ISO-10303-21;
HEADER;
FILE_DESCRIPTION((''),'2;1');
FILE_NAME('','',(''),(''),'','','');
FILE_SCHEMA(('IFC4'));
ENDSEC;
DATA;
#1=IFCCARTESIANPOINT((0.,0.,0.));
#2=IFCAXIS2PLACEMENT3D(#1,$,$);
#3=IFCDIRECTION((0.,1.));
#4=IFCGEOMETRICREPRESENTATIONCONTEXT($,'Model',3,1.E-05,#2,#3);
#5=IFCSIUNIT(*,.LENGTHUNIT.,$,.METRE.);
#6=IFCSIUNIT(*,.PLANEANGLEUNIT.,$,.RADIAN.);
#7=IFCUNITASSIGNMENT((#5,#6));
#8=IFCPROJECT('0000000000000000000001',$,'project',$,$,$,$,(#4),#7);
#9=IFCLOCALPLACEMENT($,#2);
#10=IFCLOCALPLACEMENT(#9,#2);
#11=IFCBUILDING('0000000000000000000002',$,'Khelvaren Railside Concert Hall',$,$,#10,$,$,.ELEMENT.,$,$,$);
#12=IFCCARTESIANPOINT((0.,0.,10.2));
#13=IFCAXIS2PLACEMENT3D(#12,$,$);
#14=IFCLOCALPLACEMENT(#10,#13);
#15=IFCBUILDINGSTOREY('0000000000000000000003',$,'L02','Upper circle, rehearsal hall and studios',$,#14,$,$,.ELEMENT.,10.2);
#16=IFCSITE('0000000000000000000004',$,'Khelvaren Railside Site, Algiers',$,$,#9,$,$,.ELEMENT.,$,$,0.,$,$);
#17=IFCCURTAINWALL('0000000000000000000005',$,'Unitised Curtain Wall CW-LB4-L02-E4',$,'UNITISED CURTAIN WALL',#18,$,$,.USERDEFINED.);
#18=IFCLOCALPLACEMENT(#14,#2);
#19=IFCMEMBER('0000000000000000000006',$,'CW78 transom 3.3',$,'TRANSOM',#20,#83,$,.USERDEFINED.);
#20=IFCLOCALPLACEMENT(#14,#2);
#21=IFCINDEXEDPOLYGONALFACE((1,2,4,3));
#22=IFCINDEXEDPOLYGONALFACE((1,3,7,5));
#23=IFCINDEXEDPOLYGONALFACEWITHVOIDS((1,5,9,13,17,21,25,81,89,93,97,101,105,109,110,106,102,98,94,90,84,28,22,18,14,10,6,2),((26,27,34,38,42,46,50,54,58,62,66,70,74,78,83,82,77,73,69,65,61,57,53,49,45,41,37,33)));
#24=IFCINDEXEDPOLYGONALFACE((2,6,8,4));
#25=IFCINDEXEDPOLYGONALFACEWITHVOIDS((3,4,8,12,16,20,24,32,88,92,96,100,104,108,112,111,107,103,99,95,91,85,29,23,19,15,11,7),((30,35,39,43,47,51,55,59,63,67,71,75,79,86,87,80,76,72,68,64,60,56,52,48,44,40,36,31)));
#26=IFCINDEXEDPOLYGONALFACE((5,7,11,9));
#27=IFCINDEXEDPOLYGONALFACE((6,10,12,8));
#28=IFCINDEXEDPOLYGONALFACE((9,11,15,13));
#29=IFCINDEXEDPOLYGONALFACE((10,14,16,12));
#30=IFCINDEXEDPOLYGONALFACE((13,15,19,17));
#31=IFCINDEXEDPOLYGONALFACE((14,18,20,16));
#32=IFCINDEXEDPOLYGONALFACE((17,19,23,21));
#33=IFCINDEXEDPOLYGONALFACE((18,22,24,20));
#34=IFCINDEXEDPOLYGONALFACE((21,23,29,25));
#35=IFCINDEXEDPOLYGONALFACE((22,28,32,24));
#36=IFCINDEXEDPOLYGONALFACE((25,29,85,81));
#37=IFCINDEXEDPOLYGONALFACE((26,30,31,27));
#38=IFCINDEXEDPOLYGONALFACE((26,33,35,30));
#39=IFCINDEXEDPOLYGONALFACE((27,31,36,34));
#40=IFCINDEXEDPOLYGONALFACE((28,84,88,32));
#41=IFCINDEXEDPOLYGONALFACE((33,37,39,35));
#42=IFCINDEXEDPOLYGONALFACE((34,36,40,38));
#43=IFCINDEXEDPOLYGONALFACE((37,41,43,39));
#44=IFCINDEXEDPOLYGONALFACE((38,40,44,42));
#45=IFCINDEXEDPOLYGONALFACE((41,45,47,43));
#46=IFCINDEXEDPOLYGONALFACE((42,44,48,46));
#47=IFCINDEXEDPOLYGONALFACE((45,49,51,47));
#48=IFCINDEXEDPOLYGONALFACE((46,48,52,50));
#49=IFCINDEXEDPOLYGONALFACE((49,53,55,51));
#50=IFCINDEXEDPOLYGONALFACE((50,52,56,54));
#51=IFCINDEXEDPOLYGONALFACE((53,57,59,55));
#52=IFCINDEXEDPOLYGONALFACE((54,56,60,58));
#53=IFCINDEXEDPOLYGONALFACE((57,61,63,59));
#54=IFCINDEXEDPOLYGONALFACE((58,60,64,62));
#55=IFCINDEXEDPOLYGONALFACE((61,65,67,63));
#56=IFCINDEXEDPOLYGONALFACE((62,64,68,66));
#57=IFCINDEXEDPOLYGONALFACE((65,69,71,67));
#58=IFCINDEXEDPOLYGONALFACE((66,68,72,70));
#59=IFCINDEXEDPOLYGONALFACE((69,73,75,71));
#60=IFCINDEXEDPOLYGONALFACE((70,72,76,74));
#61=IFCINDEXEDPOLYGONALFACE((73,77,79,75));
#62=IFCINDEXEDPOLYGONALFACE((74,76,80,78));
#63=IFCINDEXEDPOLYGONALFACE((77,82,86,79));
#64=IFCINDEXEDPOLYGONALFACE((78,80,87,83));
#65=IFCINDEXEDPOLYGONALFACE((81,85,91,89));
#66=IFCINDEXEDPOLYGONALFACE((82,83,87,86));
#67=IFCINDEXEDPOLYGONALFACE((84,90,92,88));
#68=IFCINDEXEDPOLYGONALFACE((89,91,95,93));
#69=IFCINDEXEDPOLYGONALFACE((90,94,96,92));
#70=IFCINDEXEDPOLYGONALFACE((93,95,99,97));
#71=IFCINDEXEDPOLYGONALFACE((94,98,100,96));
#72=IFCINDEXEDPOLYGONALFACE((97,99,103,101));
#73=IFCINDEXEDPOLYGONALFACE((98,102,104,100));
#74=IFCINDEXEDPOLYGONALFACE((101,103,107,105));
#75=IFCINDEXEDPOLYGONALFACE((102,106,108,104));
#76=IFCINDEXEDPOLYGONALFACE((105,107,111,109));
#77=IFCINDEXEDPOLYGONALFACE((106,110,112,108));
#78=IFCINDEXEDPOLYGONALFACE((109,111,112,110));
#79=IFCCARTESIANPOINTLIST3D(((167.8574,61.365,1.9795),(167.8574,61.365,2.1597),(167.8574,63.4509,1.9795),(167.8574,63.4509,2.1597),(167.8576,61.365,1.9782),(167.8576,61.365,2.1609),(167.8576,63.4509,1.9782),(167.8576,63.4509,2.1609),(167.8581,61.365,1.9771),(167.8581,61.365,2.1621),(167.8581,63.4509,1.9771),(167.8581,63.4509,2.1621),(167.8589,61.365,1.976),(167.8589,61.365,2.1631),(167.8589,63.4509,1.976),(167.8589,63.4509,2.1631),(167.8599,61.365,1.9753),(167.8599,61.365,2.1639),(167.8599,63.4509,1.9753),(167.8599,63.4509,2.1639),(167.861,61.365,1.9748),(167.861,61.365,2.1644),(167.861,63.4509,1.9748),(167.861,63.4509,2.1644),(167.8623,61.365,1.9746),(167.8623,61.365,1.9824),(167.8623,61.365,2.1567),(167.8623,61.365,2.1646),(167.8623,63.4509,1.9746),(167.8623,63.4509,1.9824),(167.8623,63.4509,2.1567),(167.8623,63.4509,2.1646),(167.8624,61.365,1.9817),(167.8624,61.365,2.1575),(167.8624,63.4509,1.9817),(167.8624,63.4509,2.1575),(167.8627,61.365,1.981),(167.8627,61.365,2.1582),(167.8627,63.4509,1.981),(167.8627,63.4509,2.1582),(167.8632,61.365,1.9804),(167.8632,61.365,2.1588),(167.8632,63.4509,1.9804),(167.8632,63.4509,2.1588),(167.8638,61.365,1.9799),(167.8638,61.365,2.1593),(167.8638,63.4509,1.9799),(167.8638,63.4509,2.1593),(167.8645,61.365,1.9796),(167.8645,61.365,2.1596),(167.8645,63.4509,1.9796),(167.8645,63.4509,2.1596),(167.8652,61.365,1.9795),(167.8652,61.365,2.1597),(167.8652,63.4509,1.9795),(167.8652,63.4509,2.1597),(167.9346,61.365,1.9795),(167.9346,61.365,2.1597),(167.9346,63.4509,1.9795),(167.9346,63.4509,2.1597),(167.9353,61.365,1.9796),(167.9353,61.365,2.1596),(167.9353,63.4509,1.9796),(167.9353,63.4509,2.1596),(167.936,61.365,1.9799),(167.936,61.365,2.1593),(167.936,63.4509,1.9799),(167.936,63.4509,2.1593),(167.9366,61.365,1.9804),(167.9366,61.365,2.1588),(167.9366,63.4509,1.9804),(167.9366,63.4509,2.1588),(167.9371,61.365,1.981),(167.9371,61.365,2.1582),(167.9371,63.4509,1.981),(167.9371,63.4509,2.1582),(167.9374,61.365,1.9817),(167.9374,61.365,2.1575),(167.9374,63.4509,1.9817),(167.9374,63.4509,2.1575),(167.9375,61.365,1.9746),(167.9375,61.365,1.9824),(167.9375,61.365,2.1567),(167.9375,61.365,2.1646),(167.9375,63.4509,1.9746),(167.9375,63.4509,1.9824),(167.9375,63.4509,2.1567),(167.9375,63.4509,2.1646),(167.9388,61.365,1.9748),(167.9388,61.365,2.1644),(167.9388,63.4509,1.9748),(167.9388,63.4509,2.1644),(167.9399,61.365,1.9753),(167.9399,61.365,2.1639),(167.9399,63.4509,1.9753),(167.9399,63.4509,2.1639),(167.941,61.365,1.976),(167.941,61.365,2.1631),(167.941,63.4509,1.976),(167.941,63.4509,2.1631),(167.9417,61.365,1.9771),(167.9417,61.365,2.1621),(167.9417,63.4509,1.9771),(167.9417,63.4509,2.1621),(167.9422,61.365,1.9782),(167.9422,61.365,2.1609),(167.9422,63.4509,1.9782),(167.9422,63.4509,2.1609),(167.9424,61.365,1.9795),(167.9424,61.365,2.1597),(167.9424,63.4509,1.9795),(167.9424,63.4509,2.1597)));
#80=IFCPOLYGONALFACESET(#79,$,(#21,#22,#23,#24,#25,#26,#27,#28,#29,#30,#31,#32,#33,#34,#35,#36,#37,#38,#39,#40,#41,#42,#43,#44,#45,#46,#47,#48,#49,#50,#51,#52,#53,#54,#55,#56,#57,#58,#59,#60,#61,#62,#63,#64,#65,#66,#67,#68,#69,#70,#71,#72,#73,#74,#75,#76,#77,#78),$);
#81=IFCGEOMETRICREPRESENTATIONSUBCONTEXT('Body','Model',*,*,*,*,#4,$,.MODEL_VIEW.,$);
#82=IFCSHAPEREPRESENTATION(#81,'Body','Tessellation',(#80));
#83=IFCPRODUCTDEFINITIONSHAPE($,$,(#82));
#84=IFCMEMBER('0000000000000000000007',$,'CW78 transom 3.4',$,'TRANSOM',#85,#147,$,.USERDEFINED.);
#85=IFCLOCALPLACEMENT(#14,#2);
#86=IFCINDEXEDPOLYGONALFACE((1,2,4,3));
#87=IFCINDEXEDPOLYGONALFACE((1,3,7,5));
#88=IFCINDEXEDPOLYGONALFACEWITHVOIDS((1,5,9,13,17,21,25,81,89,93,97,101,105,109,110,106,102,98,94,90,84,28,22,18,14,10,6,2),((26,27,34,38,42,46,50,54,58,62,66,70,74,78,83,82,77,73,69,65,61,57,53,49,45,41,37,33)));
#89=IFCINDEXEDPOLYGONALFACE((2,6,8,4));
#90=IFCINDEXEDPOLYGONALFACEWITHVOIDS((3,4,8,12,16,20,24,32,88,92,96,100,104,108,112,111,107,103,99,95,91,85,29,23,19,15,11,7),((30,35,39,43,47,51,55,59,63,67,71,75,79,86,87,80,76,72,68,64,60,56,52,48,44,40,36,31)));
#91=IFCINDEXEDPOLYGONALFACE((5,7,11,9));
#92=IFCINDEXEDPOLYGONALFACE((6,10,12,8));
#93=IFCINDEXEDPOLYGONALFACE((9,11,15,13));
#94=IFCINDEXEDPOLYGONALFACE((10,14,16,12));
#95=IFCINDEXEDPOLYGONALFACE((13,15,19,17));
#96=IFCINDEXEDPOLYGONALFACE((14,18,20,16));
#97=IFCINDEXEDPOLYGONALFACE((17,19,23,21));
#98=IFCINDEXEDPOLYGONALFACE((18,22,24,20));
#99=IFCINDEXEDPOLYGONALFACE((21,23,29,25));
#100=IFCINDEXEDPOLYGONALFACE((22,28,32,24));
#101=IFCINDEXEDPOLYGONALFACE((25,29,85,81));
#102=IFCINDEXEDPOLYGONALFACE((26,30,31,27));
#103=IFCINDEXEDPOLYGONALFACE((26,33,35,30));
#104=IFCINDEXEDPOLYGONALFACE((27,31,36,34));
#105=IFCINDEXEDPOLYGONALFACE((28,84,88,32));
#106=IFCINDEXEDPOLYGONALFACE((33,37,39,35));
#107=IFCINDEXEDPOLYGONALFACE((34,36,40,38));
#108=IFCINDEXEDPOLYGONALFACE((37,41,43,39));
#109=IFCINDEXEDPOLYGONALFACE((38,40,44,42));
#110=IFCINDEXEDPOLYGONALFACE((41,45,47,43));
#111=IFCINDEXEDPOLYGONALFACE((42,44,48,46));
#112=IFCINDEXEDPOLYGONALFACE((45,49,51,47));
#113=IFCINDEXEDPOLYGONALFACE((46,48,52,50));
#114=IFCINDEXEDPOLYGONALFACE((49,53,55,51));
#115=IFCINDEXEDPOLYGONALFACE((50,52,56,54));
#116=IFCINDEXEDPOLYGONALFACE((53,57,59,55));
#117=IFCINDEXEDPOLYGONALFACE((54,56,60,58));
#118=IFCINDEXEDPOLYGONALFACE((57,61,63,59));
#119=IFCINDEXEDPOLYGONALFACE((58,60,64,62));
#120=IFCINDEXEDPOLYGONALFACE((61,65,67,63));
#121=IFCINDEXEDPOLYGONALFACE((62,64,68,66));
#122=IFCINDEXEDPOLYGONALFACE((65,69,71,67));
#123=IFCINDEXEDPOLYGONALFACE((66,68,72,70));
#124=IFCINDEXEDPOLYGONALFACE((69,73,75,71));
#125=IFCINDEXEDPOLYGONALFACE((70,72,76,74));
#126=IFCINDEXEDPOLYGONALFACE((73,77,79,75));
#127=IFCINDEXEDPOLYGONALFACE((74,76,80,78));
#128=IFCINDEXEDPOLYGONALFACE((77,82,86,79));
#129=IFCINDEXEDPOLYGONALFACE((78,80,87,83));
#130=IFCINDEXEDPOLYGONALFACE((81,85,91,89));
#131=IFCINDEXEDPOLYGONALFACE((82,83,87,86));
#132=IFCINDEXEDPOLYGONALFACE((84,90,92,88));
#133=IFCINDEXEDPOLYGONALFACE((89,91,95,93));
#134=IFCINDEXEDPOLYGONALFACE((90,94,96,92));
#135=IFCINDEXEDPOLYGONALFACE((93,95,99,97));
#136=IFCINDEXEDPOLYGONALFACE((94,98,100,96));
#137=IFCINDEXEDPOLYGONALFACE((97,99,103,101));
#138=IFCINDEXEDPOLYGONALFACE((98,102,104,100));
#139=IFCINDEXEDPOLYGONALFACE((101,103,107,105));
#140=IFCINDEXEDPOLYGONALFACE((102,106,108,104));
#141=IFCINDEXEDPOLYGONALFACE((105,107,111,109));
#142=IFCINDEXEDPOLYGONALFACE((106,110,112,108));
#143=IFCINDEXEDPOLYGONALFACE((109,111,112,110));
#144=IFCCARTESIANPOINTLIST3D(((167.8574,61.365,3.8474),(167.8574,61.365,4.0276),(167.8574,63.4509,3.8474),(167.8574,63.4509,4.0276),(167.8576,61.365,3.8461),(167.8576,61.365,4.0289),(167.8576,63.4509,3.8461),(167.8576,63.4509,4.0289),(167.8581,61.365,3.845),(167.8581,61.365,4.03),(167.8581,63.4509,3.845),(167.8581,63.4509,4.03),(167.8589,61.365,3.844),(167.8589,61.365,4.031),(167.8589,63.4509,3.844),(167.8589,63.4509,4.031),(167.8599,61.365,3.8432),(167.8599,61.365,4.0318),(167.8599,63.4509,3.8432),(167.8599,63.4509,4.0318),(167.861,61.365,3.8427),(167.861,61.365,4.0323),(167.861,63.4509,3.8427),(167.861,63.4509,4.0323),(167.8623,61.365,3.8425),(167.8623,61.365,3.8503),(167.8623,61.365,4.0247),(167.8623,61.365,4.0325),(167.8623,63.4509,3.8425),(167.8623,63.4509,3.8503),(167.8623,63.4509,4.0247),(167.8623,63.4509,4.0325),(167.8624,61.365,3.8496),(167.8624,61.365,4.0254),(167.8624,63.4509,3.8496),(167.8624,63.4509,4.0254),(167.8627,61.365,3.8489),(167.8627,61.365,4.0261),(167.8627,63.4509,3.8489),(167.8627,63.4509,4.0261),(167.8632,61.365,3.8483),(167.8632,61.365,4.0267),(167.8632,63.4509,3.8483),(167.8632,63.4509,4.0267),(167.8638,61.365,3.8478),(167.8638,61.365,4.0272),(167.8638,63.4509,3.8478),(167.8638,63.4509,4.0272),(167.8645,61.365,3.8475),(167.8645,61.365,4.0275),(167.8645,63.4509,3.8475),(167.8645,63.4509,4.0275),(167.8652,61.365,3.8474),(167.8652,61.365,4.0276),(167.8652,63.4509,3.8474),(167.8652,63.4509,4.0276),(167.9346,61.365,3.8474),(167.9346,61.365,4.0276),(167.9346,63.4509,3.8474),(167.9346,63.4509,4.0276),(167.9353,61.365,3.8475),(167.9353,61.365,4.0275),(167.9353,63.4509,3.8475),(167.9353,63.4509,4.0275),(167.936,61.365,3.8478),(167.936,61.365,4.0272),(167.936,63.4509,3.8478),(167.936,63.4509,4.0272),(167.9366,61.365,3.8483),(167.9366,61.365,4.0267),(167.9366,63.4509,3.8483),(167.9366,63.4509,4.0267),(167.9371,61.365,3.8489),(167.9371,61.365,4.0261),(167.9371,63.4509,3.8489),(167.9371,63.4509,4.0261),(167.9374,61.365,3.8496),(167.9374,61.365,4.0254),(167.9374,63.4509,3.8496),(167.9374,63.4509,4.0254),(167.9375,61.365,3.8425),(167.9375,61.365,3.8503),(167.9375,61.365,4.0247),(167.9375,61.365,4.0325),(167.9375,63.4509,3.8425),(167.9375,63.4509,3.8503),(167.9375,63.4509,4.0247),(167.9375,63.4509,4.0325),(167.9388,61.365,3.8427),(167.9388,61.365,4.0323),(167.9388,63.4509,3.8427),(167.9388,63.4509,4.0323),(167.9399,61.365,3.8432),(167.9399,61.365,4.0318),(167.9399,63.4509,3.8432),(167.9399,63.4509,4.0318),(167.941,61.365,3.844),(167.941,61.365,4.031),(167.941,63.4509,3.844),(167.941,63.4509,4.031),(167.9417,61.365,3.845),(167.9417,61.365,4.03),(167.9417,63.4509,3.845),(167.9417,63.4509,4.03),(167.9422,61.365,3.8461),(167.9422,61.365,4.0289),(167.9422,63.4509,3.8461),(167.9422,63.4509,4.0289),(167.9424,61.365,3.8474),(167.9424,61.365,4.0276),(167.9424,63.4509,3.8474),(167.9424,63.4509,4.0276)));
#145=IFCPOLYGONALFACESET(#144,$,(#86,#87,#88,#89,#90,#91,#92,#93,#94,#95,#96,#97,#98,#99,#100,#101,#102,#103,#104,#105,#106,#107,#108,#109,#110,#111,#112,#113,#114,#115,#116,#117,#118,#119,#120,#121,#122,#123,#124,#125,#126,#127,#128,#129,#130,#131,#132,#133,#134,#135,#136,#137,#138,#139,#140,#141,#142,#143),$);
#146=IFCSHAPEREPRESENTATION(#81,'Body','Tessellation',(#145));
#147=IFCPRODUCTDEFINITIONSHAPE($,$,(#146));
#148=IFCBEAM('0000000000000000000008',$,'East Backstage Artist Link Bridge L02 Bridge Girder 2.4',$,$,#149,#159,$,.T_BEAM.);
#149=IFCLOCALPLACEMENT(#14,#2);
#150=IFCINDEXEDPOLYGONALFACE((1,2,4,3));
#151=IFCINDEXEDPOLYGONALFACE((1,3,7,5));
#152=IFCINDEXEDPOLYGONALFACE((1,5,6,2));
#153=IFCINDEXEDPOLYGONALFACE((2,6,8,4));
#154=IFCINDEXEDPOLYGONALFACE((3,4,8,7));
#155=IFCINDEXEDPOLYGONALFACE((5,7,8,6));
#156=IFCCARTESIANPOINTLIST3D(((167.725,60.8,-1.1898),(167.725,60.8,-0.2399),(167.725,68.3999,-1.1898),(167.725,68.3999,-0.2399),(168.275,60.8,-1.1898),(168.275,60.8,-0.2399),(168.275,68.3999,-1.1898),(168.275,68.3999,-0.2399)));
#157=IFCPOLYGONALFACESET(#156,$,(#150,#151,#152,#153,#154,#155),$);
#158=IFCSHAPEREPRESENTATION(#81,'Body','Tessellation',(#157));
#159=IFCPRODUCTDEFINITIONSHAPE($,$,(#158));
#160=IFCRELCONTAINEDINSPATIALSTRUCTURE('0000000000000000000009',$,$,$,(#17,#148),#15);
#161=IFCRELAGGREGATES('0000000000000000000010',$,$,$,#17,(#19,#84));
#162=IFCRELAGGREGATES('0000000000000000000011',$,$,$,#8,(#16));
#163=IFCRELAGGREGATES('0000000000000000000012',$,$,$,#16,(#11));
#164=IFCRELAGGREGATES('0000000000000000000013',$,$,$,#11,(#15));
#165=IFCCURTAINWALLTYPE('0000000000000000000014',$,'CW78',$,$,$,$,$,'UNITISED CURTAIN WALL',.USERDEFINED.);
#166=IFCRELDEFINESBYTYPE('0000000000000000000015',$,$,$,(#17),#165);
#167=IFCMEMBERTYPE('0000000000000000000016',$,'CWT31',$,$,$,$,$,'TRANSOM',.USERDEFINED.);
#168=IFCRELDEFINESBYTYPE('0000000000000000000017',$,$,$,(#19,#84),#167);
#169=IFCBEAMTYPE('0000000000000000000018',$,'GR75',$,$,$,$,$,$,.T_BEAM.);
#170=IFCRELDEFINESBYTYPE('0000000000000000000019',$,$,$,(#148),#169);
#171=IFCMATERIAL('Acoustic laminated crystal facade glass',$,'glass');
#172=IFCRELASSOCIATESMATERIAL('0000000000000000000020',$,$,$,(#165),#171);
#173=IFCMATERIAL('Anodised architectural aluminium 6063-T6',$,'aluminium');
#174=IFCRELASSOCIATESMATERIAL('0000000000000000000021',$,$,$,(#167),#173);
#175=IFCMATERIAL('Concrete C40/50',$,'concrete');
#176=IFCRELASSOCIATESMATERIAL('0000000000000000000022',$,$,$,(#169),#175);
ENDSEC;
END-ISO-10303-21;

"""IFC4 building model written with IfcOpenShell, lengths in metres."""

from ifc_helpers import new_model, si_unit, direction, frame, origin, origin_2d, place, context, subcontext, project, spatial, rectangle, hollow_rectangle, extrude, material, material_profile, profile_set, type_object, element, aggregate, save


model = new_model("IFC4")

# Units and contexts
model_context = context("Model", 3, precision=1e-05, world=origin(), true_north=direction((0.0, 1.0)))
body_context = subcontext(model_context, "Body", "Model", "MODEL_VIEW")
ifc_project = project(units=[si_unit("LENGTHUNIT", "METRE"), si_unit("PLANEANGLEUNIT", "RADIAN")], contexts=[model_context])

# Site, building, storey
site_placement = place(None, origin())
site = spatial("IfcSite", under=ifc_project, at=site_placement, Name="Khelvaren Railside Site, Algiers", CompositionType="ELEMENT", RefElevation=0.0)
building_placement = place(site_placement, origin())
building = spatial("IfcBuilding", under=site, at=building_placement, Name="Khelvaren Railside Concert Hall", CompositionType="ELEMENT")
storey_placement = place(building_placement, frame((0.0, 0.0, 10.2)))
storey = spatial("IfcBuildingStorey", under=building, at=storey_placement, Name="L02", Description="Upper circle, rehearsal hall and studios", CompositionType="ELEMENT", Elevation=10.2)

# Curtain wall
ifc_material_1 = material(Name="Acoustic laminated crystal facade glass", Category="glass")
curtain_wall_type = type_object("IfcCurtainWallType", Name="CW78", ElementType="UNITISED CURTAIN WALL", PredefinedType="USERDEFINED", material=ifc_material_1)
ifc_material_2 = material(Name="Anodised architectural aluminium 6063-T6", Category="aluminium")
curtain_wall_1_placement = place(storey_placement, origin())
curtain_wall_1 = element("IfcCurtainWall", 1, at=curtain_wall_1_placement, inside=storey, type_object=curtain_wall_type, Name="Unitised Curtain Wall CW-LB4-L02-E4", ObjectType="UNITISED CURTAIN WALL", PredefinedType="USERDEFINED")

# Members
ifc_material_profile_1 = material_profile(ifc_material_2, hollow_rectangle(XDim=0.085, YDim=0.1899, WallThickness=0.0049, InnerFilletRadius=0.0029, OuterFilletRadius=0.0049, at=origin_2d()), Name="CWT 85x190x5")
ifc_profile_set_1 = profile_set([ifc_material_profile_1], Name="Anodised architectural aluminium 6063-T6")
member_type_1 = type_object("IfcMemberType", Name="CWT31", ElementType="TRANSOM", PredefinedType="USERDEFINED", material=ifc_profile_set_1)
member_1_placement = place(storey_placement, frame((167.8999, 63.4509, 2.0696), z_axis=(0.0, -1.0, 0.0), x_axis=(1.0, 0.0, 0.0)))
member_1 = element("IfcMember", 2, at=member_1_placement, type_object=member_type_1, Name="CW78 transom 3.3", ObjectType="TRANSOM", PredefinedType="USERDEFINED", context=body_context, shape_type="SweptSolid", body=[
    extrude(hollow_rectangle(XDim=0.085, YDim=0.1899, WallThickness=0.0049, InnerFilletRadius=0.0029, OuterFilletRadius=0.0049, at=origin_2d()), origin(), (0.0, 0.0, 1.0), 2.0859),
])
member_2_placement = place(storey_placement, frame((167.8999, 63.4509, 3.9375), z_axis=(0.0, -1.0, 0.0), x_axis=(1.0, 0.0, 0.0)))
member_2 = element("IfcMember", 3, at=member_2_placement, type_object=member_type_1, Name="CW78 transom 3.4", ObjectType="TRANSOM", PredefinedType="USERDEFINED", context=body_context, shape_type="SweptSolid", body=[
    extrude(hollow_rectangle(XDim=0.085, YDim=0.1899, WallThickness=0.0049, InnerFilletRadius=0.0029, OuterFilletRadius=0.0049, at=origin_2d()), origin(), (0.0, 0.0, 1.0), 2.0859),
])

# Beam
ifc_material_3 = material(Name="Concrete C40/50", Category="concrete")
ifc_material_profile_2 = material_profile(ifc_material_3, rectangle(XDim=0.55, YDim=0.95, at=origin_2d()), Name="RCB 550x950")
ifc_profile_set_2 = profile_set([ifc_material_profile_2], Name="Concrete C40/50")
beam_type_1 = type_object("IfcBeamType", Name="GR75", PredefinedType="T_BEAM", material=ifc_profile_set_2)
beam_1_placement = place(storey_placement, frame((168.0, 60.8, -0.7148), z_axis=(0.0, 1.0, 0.0), x_axis=(-1.0, 0.0, 0.0)))
element("IfcBeam", 4, at=beam_1_placement, inside=storey, type_object=beam_type_1, Name="East Backstage Artist Link Bridge L02 Bridge Girder 2.4", PredefinedType="T_BEAM", context=body_context, shape_type="SweptSolid", body=[
    extrude(rectangle(XDim=0.55, YDim=0.95, at=origin_2d()), origin(), (0.0, 0.0, 1.0), 7.5999),
])

aggregate(curtain_wall_1, [member_1, member_2])

save(model, "model.ifc")
